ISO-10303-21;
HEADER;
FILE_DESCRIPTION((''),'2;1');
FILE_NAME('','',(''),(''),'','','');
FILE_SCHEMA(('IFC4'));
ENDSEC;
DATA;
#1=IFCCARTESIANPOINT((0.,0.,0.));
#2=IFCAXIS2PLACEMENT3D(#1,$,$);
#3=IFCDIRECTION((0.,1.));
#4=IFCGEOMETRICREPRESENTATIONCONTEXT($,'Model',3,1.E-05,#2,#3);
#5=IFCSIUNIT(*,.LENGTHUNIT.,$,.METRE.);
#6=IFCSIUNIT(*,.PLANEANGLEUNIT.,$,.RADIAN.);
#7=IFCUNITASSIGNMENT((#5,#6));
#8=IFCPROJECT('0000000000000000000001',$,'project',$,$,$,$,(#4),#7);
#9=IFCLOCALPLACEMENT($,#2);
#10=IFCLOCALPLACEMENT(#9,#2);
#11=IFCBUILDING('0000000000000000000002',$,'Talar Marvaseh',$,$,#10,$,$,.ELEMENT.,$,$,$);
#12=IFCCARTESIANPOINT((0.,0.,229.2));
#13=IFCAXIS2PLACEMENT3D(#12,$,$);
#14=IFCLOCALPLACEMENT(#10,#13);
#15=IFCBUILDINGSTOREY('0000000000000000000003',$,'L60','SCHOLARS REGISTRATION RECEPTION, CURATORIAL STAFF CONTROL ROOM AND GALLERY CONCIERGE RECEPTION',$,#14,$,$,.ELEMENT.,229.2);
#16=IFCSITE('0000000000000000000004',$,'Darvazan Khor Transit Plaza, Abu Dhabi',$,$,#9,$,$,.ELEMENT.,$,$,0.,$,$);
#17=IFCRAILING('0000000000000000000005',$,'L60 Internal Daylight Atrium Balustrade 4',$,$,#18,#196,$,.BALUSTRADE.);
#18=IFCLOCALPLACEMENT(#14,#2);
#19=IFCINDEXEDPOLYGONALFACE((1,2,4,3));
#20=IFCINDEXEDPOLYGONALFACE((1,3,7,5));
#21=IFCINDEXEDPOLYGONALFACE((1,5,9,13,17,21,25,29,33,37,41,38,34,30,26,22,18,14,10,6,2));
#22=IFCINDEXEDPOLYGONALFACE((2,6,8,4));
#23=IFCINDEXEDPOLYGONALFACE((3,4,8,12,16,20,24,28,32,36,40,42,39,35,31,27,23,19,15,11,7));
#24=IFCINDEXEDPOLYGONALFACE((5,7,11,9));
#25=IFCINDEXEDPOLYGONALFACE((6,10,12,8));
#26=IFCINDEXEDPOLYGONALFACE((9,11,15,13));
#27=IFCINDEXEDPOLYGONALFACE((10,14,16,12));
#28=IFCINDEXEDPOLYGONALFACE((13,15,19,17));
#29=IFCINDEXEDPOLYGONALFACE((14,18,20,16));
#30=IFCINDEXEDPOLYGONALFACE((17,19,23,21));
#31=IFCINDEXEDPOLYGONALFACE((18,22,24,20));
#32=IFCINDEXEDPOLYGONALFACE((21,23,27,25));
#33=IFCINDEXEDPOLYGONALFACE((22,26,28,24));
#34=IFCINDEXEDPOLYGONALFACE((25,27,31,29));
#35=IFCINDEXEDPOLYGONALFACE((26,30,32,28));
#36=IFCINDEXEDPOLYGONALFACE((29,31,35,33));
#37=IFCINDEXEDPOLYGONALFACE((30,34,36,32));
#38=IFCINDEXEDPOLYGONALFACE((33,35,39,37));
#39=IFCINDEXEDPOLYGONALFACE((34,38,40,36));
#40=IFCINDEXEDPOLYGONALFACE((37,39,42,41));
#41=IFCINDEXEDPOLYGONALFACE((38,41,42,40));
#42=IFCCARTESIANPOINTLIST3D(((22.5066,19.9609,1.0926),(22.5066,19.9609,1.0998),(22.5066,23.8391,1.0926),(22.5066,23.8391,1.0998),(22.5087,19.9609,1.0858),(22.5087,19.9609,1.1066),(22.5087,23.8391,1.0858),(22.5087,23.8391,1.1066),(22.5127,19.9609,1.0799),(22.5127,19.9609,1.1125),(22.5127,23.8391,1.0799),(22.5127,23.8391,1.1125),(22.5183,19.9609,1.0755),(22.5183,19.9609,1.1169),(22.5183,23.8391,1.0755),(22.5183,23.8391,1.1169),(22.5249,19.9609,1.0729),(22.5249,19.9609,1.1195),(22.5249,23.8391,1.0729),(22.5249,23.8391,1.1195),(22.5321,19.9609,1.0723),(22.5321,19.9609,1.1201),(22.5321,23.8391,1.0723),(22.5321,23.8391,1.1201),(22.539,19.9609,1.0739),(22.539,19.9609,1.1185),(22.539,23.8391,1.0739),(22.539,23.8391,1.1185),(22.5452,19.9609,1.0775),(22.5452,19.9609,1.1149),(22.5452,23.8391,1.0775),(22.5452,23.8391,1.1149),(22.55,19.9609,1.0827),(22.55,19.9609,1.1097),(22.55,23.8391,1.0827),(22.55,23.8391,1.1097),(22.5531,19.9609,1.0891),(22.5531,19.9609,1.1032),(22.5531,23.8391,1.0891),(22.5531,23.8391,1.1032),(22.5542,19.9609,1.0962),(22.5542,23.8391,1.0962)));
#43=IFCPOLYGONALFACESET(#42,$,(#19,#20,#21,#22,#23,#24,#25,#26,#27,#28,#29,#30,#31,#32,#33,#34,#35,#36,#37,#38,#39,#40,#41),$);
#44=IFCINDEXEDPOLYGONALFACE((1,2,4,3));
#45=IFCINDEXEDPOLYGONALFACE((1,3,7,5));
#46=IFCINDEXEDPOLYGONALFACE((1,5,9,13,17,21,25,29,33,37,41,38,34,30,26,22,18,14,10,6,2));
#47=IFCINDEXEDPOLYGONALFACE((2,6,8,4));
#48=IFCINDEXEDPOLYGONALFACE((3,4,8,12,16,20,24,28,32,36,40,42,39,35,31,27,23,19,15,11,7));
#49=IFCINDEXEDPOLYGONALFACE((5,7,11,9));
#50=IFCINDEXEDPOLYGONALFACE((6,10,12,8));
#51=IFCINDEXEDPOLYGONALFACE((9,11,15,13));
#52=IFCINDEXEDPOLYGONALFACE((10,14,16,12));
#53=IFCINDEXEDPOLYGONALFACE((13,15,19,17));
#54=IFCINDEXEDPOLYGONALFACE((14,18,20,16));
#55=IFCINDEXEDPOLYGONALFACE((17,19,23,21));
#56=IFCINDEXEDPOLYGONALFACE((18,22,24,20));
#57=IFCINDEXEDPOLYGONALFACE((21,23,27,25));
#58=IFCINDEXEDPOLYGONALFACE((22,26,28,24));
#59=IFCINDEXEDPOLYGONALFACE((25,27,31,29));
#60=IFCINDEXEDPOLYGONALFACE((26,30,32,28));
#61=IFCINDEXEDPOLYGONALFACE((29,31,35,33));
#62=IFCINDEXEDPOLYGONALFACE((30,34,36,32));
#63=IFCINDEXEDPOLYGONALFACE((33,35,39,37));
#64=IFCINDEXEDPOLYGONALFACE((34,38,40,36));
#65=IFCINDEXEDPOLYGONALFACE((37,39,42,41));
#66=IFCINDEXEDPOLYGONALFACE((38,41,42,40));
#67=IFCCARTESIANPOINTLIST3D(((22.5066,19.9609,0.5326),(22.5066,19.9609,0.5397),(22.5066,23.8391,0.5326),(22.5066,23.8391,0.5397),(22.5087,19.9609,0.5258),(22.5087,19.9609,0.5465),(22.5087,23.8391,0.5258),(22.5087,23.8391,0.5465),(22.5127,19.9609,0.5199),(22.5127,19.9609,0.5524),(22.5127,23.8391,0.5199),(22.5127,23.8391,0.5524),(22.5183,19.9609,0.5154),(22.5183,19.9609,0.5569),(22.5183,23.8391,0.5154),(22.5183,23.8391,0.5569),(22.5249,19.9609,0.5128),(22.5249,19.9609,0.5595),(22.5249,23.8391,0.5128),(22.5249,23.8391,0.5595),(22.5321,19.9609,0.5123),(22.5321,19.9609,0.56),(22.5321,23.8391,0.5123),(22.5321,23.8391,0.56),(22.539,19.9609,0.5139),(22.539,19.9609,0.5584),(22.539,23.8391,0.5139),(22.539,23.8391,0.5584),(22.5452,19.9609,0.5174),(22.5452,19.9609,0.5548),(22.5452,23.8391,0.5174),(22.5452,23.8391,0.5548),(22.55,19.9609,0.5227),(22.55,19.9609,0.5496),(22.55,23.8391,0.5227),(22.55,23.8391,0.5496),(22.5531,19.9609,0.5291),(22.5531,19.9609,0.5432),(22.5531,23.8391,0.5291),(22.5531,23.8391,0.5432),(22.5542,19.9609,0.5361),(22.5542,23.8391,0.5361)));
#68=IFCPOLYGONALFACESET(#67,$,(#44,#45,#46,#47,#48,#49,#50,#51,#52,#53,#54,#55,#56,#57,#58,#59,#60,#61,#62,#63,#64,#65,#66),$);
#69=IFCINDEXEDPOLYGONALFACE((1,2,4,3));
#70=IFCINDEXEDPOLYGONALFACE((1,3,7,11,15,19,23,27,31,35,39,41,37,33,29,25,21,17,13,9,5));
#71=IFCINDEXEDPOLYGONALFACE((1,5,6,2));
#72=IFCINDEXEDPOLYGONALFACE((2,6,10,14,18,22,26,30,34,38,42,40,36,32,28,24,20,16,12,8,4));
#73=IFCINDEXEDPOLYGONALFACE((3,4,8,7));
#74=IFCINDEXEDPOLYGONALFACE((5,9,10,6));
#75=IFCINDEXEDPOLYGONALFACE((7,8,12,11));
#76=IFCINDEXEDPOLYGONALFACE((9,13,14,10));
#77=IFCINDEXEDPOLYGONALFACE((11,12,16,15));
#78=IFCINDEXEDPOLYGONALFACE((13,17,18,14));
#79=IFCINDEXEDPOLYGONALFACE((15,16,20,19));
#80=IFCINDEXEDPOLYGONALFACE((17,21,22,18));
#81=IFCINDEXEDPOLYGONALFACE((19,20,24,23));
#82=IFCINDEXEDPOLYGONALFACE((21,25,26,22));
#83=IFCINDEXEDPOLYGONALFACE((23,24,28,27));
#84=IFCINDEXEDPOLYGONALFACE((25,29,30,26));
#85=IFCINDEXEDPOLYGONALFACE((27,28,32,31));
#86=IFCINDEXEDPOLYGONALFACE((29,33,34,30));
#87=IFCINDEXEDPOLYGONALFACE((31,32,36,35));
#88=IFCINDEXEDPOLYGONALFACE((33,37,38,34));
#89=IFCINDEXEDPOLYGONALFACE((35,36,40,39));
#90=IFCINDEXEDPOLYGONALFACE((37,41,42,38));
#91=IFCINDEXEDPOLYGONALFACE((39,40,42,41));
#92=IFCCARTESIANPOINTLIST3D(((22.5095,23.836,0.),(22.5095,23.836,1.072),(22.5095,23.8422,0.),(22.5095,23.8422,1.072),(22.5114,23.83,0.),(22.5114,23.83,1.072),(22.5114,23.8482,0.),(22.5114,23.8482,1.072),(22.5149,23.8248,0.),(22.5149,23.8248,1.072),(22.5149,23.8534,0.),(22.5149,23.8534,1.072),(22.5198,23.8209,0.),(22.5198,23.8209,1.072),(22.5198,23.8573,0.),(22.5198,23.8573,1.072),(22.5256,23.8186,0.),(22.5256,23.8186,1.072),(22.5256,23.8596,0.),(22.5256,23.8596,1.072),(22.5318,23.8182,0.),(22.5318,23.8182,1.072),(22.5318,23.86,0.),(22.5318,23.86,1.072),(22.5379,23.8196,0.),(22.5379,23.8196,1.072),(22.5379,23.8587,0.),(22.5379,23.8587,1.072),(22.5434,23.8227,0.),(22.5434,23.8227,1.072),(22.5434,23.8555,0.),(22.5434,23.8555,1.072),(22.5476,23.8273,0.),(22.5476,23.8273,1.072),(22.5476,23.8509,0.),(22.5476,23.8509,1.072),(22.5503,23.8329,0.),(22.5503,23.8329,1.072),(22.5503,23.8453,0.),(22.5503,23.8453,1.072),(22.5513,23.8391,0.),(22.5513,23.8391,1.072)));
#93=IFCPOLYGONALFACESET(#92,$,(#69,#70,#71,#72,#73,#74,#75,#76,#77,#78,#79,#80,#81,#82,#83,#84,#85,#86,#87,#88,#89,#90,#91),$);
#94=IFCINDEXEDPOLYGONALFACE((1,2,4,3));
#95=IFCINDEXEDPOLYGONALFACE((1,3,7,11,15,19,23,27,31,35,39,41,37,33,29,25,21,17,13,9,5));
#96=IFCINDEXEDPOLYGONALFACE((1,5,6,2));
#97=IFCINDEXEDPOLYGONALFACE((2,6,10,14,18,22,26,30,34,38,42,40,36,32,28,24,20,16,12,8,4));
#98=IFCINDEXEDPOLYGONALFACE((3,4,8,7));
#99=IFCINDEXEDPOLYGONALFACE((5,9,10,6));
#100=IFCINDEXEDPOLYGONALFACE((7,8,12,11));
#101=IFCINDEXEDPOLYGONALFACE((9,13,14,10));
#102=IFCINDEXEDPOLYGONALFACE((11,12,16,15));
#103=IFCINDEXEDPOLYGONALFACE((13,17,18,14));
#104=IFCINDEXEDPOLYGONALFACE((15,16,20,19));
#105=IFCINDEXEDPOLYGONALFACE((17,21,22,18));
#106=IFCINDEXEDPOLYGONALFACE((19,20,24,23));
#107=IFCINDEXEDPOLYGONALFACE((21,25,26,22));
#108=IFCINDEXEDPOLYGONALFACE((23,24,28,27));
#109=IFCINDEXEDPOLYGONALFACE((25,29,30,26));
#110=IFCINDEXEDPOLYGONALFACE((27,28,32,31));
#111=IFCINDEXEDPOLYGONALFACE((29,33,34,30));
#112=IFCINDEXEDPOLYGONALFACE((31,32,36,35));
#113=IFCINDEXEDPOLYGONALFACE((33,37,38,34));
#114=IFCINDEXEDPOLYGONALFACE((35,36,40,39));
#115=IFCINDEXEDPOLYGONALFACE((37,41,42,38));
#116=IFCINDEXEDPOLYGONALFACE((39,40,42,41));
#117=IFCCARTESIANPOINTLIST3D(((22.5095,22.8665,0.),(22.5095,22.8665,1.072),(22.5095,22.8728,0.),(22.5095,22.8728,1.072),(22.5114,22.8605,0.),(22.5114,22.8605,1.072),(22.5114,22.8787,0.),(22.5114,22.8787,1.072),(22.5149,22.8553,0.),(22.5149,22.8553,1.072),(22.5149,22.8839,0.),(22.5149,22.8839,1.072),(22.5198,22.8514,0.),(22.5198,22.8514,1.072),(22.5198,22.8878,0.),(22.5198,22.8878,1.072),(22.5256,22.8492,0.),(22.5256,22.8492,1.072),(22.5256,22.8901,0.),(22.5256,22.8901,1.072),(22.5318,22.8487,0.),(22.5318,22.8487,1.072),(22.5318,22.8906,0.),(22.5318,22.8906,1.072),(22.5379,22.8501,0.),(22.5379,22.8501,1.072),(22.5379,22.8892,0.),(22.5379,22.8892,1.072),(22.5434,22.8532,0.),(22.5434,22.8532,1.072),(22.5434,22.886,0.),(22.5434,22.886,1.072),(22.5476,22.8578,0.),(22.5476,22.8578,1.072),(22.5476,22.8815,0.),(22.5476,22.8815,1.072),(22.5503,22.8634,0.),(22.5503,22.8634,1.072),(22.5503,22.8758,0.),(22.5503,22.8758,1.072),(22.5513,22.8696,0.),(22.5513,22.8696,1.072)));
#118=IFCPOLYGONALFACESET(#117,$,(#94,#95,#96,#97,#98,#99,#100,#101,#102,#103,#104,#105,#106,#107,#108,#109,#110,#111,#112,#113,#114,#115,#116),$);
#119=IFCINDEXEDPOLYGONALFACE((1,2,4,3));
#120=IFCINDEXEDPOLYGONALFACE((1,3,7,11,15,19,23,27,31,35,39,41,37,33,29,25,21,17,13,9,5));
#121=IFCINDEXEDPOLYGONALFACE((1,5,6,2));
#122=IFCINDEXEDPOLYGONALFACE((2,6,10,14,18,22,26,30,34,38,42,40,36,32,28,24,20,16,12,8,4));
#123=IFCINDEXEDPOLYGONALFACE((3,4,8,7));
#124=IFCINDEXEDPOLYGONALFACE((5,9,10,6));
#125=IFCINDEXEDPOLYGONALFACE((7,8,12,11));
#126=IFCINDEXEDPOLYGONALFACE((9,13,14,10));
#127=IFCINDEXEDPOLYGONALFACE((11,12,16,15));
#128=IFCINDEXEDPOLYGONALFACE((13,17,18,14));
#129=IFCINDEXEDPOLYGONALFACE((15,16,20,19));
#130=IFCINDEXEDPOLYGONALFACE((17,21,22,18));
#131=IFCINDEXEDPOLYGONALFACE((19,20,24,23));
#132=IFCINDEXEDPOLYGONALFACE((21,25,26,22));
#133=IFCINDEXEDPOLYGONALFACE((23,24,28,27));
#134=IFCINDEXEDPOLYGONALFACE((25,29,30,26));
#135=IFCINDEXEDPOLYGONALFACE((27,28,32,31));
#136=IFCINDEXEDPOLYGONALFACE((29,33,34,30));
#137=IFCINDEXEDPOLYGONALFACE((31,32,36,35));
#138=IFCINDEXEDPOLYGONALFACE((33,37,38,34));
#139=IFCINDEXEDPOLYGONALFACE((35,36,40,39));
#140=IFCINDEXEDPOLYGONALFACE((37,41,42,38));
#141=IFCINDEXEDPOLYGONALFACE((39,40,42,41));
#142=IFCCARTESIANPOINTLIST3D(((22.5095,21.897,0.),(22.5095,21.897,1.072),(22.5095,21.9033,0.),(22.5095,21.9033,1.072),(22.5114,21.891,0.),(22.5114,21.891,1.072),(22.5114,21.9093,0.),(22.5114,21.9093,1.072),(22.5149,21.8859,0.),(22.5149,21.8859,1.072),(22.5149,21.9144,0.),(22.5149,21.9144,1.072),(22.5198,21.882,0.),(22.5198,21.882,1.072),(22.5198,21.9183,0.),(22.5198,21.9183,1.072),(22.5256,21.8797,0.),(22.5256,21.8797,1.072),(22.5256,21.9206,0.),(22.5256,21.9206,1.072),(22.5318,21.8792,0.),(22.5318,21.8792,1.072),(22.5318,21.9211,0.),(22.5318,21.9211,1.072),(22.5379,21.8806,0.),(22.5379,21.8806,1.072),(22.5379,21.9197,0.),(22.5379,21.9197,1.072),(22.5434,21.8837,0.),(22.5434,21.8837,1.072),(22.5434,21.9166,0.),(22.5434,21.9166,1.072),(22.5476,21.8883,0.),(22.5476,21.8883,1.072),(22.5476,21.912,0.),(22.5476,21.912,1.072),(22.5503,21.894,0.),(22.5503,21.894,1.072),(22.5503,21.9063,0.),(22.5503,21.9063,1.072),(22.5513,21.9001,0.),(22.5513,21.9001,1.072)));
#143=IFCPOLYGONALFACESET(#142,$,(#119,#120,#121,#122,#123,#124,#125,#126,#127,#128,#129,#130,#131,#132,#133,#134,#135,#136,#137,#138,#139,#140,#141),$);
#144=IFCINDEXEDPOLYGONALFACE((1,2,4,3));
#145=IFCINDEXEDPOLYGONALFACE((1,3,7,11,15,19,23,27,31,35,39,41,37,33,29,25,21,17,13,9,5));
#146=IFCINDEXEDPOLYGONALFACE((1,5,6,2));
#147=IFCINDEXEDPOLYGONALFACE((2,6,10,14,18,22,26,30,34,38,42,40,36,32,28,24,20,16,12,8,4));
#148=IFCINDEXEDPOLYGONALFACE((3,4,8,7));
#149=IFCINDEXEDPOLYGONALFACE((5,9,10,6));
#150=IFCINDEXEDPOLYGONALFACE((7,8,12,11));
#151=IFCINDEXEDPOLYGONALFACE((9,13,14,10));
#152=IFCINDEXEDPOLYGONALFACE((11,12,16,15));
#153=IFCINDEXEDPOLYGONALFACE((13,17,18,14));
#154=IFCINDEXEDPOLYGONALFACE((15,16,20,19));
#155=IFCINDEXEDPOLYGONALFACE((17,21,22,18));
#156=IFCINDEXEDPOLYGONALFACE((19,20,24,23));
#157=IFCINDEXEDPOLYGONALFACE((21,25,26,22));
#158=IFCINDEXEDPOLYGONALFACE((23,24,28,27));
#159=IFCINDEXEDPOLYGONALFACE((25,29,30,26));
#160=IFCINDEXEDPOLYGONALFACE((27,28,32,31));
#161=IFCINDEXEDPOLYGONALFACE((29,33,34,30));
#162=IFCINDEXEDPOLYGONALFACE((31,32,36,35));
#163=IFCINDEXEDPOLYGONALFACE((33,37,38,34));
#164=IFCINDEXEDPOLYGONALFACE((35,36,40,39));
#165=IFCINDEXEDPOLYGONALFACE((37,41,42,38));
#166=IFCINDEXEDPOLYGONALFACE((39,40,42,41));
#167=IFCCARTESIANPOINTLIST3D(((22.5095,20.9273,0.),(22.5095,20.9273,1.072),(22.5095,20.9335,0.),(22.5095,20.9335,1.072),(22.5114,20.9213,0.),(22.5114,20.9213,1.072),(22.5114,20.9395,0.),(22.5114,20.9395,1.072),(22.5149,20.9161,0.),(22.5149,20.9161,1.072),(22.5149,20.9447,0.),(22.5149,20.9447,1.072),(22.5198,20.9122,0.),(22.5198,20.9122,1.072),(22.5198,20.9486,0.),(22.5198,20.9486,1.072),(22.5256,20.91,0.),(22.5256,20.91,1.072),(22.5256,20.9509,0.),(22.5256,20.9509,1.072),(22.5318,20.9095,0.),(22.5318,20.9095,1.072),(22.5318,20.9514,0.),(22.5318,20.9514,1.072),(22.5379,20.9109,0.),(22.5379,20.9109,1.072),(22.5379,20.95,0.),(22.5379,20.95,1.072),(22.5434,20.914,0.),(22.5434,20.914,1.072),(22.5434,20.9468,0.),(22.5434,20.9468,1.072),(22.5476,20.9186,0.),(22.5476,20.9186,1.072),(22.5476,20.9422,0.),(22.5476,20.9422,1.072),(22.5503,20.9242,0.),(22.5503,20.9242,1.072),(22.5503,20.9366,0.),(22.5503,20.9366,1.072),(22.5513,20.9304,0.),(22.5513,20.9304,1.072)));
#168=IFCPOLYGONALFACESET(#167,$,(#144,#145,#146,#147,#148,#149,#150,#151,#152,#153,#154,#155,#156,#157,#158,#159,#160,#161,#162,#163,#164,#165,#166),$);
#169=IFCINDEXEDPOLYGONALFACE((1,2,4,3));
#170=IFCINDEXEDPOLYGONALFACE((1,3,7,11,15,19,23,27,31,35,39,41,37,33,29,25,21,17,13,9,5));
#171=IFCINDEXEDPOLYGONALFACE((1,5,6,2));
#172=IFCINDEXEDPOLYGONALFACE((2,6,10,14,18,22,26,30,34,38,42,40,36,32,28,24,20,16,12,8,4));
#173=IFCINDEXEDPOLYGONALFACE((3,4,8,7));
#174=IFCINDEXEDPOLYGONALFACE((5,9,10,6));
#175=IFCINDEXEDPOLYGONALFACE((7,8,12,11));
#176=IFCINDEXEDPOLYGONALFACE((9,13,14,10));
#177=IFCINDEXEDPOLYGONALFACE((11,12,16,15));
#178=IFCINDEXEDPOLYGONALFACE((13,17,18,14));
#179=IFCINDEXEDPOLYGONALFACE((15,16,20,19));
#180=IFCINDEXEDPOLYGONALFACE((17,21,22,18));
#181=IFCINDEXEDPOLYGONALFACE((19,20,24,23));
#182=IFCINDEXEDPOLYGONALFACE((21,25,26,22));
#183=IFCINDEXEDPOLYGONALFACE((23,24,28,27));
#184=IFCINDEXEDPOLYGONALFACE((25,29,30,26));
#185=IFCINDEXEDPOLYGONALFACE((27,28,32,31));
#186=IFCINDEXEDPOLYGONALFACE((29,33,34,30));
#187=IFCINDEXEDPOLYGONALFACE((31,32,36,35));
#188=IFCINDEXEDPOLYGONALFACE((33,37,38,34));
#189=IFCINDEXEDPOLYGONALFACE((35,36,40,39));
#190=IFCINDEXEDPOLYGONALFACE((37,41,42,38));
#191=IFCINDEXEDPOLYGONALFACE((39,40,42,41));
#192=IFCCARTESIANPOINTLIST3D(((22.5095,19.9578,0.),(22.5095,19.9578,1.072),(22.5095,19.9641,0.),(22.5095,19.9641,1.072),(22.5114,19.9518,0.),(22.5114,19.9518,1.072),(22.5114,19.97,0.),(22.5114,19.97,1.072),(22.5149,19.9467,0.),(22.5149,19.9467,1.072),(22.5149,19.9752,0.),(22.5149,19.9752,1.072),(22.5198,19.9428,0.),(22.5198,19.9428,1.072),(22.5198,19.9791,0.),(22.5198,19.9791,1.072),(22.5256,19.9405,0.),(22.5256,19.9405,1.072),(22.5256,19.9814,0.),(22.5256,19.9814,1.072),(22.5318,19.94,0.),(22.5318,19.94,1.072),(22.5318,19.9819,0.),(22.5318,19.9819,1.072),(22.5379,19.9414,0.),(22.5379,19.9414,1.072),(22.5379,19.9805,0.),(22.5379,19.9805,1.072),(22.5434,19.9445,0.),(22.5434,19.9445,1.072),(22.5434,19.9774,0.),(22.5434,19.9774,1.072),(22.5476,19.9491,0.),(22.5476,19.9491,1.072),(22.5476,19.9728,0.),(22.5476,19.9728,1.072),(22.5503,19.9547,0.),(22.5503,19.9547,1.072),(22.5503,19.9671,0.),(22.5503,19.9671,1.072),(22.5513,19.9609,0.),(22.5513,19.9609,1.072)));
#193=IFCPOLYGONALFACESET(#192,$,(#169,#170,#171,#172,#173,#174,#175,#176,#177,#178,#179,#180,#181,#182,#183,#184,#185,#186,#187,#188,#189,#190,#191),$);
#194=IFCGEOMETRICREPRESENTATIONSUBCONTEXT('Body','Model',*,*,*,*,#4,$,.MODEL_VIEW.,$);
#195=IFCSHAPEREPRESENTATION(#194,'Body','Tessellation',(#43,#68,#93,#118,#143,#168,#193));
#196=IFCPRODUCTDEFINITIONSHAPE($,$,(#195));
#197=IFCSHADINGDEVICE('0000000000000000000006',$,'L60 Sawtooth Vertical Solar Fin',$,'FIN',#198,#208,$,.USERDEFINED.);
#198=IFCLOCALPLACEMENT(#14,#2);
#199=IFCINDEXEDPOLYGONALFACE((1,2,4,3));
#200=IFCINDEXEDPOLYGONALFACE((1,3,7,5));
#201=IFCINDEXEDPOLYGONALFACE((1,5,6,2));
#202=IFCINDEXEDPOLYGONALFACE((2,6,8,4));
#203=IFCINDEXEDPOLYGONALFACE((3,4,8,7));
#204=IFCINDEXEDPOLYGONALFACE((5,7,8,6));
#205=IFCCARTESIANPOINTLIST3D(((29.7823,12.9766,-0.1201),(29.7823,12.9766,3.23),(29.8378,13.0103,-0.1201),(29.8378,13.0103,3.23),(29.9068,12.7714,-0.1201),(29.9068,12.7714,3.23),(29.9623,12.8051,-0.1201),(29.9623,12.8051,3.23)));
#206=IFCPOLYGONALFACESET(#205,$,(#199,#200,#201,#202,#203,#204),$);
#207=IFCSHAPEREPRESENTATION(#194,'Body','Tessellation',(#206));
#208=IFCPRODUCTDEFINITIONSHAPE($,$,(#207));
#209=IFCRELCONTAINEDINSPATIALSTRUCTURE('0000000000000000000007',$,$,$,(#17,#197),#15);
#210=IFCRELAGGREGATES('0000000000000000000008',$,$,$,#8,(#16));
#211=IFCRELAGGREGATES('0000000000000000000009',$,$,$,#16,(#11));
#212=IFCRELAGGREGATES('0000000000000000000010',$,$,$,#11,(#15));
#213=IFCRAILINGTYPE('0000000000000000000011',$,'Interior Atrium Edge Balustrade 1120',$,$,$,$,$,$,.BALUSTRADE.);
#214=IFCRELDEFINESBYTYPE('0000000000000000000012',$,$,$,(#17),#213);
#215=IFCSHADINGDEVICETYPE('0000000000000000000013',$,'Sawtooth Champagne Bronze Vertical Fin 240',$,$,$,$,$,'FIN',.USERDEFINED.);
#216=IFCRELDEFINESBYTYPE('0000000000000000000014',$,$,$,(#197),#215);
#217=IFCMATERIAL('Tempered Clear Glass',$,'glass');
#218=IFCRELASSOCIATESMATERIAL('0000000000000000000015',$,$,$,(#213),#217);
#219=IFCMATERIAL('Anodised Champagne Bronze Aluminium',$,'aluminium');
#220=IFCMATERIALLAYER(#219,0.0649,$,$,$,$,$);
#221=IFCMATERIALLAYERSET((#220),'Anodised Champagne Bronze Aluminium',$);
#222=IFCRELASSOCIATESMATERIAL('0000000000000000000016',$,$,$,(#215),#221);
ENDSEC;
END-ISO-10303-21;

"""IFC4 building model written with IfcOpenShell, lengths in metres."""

from ifc_helpers import new_model, si_unit, direction, frame, origin, origin_2d, place, context, subcontext, project, spatial, rectangle, circle, extrude, source, transform, mapped, material, layer, layer_set, type_object, type_shapes, element, save


model = new_model("IFC4")

# Units and contexts
model_context = context("Model", 3, precision=1e-05, world=origin(), true_north=direction((0.0, 1.0)))
body_context = subcontext(model_context, "Body", "Model", "MODEL_VIEW")
ifc_project = project(units=[si_unit("LENGTHUNIT", "METRE"), si_unit("PLANEANGLEUNIT", "RADIAN")], contexts=[model_context])

# Site, building, storey
site_placement = place(None, origin())
site = spatial("IfcSite", under=ifc_project, at=site_placement, Name="Darvazan Khor Transit Plaza, Abu Dhabi", CompositionType="ELEMENT", RefElevation=0.0)
building_placement = place(site_placement, origin())
building = spatial("IfcBuilding", under=site, at=building_placement, Name="Talar Marvaseh", CompositionType="ELEMENT")
storey_placement = place(building_placement, frame((0.0, 0.0, 229.2)))
storey = spatial("IfcBuildingStorey", under=building, at=storey_placement, Name="L60", Description="SCHOLARS REGISTRATION RECEPTION, CURATORIAL STAFF CONTROL ROOM AND GALLERY CONCIERGE RECEPTION", CompositionType="ELEMENT", Elevation=229.2)

# Railing
ifc_material_1 = material(Name="Tempered Clear Glass", Category="glass")
railing_type = type_object("IfcRailingType", Name="Interior Atrium Edge Balustrade 1120", PredefinedType="BALUSTRADE", material=ifc_material_1)
railing_1_placement = place(storey_placement, frame((22.5303, 23.8391, 0.0)))
element("IfcRailing", 1, at=railing_1_placement, inside=storey, type_object=railing_type, Name="L60 Internal Daylight Atrium Balustrade 4", PredefinedType="BALUSTRADE", context=body_context, shape_type="SweptSolid", body=[
    extrude(circle(Radius=0.0239, at=origin_2d()), frame((0.0, 0.0, 1.0962), z_axis=(0.0, -1.0, 0.0), x_axis=(1.0, 0.0, 0.0)), (0.0, 0.0, 1.0), 3.8782),
    extrude(circle(Radius=0.0239, at=origin_2d()), frame((0.0, 0.0, 0.5361), z_axis=(0.0, -1.0, 0.0), x_axis=(1.0, 0.0, 0.0)), (0.0, 0.0, 1.0), 3.8782),
    extrude(circle(Radius=0.021, at=origin_2d()), origin(), (0.0, 0.0, 1.0), 1.072),
    extrude(circle(Radius=0.021, at=origin_2d()), frame((0.0, -0.9695, 0.0)), (0.0, 0.0, 1.0), 1.072),
    extrude(circle(Radius=0.021, at=origin_2d()), frame((0.0, -1.939, 0.0)), (0.0, 0.0, 1.0), 1.072),
    extrude(circle(Radius=0.021, at=origin_2d()), frame((0.0, -2.9087, 0.0)), (0.0, 0.0, 1.0), 1.072),
    extrude(circle(Radius=0.021, at=origin_2d()), frame((0.0, -3.8782, 0.0)), (0.0, 0.0, 1.0), 1.072),
])

# Shading device
ifc_material_2 = material(Name="Anodised Champagne Bronze Aluminium", Category="aluminium")
ifc_layer_1 = layer(ifc_material_2, 0.0649)
ifc_layer_set_1 = layer_set([ifc_layer_1], Name="Anodised Champagne Bronze Aluminium")
shading_device_type = type_object("IfcShadingDeviceType", Name="Sawtooth Champagne Bronze Vertical Fin 240", ElementType="FIN", PredefinedType="USERDEFINED", material=ifc_layer_set_1)
shared_shape_1 = source(origin(), body_context, "Body", "SweptSolid", [
    extrude(rectangle(XDim=0.24, YDim=0.0649, at=origin_2d()), origin(), (0.0, 0.0, 1.0), 3.3501),
])
type_shapes(shading_device_type, [shared_shape_1])
shading_device_placement = place(storey_placement, frame((29.8723, 12.8909, -0.1201), z_axis=(0.0, 0.0, 1.0), x_axis=(0.518922, -0.854821, 0.0)))
element("IfcShadingDevice", 2, at=shading_device_placement, inside=storey, type_object=shading_device_type, Name="L60 Sawtooth Vertical Solar Fin", ObjectType="FIN", PredefinedType="USERDEFINED", context=body_context, shape_type="MappedRepresentation", body=[
    mapped(shared_shape_1, transform((0.0, 0.0, 0.0), x_axis=(1.0, 0.0, 0.0), y_axis=(0.0, 1.0, 0.0), z_axis=(0.0, 0.0, 1.0), scale=1.0)),
])

save(model, "model.ifc")
